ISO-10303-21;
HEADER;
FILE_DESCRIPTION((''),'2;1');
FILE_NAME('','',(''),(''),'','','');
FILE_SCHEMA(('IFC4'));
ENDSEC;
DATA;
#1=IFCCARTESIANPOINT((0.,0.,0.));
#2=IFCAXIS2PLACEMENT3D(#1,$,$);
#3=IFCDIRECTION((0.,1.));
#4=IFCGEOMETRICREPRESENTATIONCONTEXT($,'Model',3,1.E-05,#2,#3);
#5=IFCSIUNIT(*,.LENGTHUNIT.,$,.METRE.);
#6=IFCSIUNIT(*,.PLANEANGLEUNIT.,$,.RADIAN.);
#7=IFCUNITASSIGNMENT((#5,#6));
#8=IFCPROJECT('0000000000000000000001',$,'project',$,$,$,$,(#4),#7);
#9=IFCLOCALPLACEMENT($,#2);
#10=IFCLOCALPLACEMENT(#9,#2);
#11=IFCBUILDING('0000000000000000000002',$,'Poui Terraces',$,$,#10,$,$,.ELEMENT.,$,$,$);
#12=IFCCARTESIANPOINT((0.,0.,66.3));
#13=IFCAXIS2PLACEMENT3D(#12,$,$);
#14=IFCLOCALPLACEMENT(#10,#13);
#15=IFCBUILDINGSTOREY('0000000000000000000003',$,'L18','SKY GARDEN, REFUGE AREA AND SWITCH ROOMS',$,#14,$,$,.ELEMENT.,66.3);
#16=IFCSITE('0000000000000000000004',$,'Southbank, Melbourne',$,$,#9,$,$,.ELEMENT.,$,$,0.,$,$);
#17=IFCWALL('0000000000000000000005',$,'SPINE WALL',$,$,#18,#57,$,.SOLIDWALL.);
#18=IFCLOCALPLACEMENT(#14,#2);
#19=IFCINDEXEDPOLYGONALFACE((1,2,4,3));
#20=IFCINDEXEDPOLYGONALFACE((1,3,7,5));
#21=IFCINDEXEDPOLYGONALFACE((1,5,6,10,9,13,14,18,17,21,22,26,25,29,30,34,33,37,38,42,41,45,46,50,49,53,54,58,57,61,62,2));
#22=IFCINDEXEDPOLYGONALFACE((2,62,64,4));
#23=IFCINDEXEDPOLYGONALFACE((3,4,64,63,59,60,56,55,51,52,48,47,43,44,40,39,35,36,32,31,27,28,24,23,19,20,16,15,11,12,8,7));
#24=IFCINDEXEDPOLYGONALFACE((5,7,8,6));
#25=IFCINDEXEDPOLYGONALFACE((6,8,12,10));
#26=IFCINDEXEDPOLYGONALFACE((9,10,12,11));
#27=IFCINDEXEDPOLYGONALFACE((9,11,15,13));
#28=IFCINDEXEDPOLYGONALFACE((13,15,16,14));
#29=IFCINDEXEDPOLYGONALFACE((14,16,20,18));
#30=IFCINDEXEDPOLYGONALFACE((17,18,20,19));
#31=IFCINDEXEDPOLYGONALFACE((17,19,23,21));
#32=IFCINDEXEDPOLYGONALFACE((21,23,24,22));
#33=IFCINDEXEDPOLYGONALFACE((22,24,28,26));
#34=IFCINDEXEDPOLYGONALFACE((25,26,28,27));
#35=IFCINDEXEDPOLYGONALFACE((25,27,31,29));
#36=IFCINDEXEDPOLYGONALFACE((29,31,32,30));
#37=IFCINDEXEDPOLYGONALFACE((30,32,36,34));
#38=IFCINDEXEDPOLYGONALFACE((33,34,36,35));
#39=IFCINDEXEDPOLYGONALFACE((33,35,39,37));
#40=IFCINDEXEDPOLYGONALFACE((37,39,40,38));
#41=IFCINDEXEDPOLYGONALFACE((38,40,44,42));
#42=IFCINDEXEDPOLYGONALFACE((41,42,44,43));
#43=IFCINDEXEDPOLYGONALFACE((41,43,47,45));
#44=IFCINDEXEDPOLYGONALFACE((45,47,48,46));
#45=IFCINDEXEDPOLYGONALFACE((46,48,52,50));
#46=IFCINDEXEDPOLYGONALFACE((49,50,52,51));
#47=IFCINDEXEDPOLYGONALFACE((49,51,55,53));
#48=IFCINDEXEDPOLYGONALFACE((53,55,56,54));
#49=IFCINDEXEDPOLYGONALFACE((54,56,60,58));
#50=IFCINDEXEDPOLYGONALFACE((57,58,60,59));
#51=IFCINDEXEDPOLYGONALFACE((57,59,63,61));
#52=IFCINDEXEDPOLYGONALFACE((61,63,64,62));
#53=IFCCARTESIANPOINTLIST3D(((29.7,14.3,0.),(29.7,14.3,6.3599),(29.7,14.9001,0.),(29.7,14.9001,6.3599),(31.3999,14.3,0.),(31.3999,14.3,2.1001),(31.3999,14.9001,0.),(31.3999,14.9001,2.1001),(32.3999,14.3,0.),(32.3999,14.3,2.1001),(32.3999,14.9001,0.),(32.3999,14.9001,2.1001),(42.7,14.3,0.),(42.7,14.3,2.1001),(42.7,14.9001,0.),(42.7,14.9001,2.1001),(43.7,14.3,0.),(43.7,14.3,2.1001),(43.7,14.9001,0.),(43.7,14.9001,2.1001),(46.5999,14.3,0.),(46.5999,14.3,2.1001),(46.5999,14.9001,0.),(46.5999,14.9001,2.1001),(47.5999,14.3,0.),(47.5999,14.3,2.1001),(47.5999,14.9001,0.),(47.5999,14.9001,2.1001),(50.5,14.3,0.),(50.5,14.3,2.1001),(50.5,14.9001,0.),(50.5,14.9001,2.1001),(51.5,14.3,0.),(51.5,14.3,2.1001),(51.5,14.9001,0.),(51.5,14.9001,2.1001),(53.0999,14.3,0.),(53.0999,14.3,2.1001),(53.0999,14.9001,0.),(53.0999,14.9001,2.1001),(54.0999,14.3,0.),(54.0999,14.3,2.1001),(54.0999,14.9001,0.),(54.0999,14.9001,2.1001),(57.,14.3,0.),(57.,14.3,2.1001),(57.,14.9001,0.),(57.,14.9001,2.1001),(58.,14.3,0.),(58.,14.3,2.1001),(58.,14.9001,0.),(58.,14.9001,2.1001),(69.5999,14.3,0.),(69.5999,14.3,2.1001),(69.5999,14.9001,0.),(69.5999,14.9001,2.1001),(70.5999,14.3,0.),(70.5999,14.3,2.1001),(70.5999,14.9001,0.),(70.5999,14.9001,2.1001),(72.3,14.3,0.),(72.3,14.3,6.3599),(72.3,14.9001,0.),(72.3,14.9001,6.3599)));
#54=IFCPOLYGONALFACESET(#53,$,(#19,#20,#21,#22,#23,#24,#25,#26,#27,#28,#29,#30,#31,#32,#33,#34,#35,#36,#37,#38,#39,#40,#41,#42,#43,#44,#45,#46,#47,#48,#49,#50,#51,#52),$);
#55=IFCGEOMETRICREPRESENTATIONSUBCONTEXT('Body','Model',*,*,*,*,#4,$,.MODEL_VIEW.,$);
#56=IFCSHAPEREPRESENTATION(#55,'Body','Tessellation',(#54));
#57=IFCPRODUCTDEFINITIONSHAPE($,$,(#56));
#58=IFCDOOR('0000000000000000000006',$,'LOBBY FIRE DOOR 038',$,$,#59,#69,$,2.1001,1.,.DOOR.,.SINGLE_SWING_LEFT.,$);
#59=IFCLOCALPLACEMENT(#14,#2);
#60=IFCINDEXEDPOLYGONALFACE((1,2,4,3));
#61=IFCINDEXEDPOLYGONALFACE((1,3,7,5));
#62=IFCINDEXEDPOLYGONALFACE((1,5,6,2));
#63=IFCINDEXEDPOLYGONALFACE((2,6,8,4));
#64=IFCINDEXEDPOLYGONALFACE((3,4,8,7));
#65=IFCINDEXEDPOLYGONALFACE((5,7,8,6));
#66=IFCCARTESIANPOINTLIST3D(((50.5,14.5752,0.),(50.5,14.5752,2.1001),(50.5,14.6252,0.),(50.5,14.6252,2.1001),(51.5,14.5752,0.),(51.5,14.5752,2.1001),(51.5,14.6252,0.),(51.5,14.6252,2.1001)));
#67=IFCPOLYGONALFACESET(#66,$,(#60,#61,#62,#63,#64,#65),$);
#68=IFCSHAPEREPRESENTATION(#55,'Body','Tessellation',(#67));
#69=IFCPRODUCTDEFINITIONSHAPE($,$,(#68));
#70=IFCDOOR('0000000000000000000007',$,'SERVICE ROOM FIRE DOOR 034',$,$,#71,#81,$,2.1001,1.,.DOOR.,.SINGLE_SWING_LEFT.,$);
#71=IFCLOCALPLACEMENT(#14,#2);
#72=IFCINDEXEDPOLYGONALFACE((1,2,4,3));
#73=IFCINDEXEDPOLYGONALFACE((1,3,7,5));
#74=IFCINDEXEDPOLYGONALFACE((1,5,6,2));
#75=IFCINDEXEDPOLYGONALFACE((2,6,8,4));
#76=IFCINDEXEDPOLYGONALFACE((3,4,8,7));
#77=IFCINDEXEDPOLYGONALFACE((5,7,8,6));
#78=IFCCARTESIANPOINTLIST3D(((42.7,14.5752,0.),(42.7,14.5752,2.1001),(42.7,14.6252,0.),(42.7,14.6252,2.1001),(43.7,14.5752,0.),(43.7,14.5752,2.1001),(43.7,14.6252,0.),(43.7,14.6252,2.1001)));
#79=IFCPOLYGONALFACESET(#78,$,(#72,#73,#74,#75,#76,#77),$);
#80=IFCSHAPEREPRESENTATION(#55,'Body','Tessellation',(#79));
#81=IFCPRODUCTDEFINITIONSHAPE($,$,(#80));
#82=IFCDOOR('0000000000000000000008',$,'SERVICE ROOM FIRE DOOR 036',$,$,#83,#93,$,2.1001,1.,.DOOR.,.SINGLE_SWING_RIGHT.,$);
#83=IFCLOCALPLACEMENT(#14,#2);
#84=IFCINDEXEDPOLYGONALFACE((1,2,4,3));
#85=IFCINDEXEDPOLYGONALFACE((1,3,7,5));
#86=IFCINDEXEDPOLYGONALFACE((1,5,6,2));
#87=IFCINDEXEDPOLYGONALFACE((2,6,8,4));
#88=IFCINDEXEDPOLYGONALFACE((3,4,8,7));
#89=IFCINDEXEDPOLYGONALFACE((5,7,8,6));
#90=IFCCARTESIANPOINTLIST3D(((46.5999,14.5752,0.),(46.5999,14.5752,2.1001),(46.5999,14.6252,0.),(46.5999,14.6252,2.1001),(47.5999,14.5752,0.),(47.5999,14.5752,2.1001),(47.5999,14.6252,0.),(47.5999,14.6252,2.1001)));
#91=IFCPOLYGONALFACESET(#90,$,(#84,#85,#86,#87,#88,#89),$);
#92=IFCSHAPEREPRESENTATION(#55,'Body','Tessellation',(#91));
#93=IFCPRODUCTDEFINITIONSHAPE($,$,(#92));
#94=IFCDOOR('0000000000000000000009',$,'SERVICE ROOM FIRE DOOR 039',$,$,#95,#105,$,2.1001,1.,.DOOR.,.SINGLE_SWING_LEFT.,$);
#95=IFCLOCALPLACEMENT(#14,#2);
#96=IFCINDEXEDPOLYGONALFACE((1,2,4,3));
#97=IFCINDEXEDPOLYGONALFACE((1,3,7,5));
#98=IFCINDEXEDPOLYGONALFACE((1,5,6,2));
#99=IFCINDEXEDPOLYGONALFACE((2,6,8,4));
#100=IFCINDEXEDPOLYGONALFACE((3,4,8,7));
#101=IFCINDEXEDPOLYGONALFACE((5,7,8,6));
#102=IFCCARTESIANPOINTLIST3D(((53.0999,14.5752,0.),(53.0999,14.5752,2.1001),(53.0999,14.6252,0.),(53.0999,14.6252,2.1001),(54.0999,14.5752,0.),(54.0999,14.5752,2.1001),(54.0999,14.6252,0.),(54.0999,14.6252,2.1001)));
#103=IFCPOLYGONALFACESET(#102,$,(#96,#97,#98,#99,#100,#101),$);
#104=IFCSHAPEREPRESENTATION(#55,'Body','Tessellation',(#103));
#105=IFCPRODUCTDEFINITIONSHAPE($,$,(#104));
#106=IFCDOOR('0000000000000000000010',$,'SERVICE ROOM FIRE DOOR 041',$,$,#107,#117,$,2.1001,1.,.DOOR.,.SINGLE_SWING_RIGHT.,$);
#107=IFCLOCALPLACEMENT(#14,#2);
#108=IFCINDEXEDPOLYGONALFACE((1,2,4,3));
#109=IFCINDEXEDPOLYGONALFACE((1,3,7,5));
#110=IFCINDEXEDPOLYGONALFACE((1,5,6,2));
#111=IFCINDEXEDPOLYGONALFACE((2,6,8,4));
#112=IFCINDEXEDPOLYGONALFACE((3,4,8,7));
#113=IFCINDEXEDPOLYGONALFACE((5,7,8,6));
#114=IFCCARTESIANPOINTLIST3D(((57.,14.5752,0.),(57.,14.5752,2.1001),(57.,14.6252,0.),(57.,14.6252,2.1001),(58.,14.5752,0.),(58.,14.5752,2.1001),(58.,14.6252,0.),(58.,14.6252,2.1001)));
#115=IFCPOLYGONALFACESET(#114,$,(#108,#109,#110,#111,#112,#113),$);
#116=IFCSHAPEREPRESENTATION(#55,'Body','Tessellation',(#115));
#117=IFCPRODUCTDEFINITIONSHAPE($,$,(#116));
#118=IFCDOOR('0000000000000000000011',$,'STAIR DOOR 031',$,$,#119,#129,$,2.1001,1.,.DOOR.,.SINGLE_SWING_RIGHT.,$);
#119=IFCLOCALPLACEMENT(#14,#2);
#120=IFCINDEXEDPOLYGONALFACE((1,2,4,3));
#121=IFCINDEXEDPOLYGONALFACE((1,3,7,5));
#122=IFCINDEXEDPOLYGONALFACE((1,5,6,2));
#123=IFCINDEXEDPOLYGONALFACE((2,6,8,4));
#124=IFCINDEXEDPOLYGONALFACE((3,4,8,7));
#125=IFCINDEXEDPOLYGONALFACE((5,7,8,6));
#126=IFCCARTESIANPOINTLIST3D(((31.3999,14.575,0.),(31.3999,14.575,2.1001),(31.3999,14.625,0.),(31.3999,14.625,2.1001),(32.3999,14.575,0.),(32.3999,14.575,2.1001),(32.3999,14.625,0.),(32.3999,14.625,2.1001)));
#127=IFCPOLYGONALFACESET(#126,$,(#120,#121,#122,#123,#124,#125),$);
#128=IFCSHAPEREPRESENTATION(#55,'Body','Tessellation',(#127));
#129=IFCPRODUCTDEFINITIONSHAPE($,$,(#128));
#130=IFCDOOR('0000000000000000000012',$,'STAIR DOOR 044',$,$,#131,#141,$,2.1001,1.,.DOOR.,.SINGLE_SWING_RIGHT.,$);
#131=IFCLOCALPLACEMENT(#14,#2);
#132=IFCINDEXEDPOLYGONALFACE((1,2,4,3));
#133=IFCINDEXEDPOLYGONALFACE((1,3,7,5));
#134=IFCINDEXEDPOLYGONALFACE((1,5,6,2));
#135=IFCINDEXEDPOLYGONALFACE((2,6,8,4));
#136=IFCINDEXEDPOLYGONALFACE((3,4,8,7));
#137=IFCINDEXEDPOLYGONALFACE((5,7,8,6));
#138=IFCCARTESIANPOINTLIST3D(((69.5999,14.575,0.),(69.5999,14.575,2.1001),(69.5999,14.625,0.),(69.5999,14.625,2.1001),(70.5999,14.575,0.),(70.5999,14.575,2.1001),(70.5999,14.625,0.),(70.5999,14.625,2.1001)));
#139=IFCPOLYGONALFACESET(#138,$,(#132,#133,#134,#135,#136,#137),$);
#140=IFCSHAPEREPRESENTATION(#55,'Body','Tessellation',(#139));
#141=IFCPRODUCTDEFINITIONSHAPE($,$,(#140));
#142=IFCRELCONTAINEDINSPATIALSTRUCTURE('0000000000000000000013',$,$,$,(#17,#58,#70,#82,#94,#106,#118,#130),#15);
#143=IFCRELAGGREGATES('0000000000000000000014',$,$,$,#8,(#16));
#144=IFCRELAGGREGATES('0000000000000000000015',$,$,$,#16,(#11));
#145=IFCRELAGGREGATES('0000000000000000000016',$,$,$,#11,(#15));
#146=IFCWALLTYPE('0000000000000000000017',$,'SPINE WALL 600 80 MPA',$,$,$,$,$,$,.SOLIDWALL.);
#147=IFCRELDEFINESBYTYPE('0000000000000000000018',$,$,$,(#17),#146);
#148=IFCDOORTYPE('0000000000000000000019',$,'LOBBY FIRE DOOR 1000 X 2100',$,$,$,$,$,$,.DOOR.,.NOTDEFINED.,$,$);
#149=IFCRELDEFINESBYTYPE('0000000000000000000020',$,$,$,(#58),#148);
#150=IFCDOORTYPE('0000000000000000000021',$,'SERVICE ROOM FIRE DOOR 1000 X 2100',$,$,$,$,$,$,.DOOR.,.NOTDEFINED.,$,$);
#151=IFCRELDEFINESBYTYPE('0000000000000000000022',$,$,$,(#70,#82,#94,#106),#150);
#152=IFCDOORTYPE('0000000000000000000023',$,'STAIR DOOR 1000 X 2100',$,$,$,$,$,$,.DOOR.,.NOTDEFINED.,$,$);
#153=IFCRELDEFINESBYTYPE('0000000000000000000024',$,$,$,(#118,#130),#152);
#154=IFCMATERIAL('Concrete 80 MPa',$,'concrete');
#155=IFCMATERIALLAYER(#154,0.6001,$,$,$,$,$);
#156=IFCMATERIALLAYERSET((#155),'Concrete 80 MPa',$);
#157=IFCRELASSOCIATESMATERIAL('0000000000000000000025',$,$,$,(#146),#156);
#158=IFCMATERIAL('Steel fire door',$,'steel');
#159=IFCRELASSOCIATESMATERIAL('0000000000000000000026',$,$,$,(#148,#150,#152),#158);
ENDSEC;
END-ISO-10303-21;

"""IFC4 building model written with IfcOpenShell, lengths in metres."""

from ifc_helpers import new_model, si_unit, direction, frame, frame_2d, origin, place, context, subcontext, project, spatial, rectangle, extrude, material, layer, layer_set, type_object, element, fill, save


model = new_model("IFC4")

# Units and contexts
model_context = context("Model", 3, precision=1e-05, world=origin(), true_north=direction((0.0, 1.0)))
body_context = subcontext(model_context, "Body", "Model", "MODEL_VIEW")
ifc_project = project(units=[si_unit("LENGTHUNIT", "METRE"), si_unit("PLANEANGLEUNIT", "RADIAN")], contexts=[model_context])

# Site, building, storey
site_placement = place(None, origin())
site = spatial("IfcSite", under=ifc_project, at=site_placement, Name="Southbank, Melbourne", CompositionType="ELEMENT", RefElevation=0.0)
building_placement = place(site_placement, origin())
building = spatial("IfcBuilding", under=site, at=building_placement, Name="Poui Terraces", CompositionType="ELEMENT")
storey_placement = place(building_placement, frame((0.0, 0.0, 66.3)))
storey = spatial("IfcBuildingStorey", under=building, at=storey_placement, Name="L18", Description="SKY GARDEN, REFUGE AREA AND SWITCH ROOMS", CompositionType="ELEMENT", Elevation=66.3)

# Shared definitions
ifc_material_1 = material(Name="Concrete 80 MPa", Category="concrete")
ifc_material_2 = material(Name="Steel fire door", Category="steel")

# Wall, openings, doors
ifc_layer_1 = layer(ifc_material_1, 0.6001)
ifc_layer_set_1 = layer_set([ifc_layer_1], Name="Concrete 80 MPa")
wall_type_1 = type_object("IfcWallType", Name="SPINE WALL 600 80 MPA", PredefinedType="SOLIDWALL", material=ifc_layer_set_1)
wall_1_placement = place(storey_placement, frame((29.7, 14.6001, 0.0), z_axis=(0.0, 0.0, 1.0), x_axis=(1.0, 0.0, 0.0)))
wall_1 = element("IfcWall", 1, at=wall_1_placement, inside=storey, type_object=wall_type_1, Name="SPINE WALL", PredefinedType="SOLIDWALL", context=body_context, shape_type="SweptSolid", body=[
    extrude(rectangle(XDim=42.6001, YDim=0.6001, at=frame_2d((21.3, 0.0))), origin(), (0.0, 0.0, 1.0), 6.3599),
])
opening_1_placement = place(wall_1_placement, frame((1.7, 0.0, 0.0)))
opening_1 = element("IfcOpeningElement", 2, at=opening_1_placement, cuts=wall_1, PredefinedType="OPENING", context=body_context, shape_type="SweptSolid", body=[
    extrude(rectangle(XDim=1.0, YDim=2.1001, at=frame_2d((0.5, 1.05))), frame((0.0, 0.3101, 0.0), z_axis=(0.0, -1.0, 0.0), x_axis=(1.0, 0.0, 0.0)), (0.0, 0.0, 1.0), 0.6201),
])
opening_2_placement = place(wall_1_placement, frame((13.0, 0.0, 0.0)))
opening_2 = element("IfcOpeningElement", 3, at=opening_2_placement, cuts=wall_1, PredefinedType="OPENING", context=body_context, shape_type="SweptSolid", body=[
    extrude(rectangle(XDim=1.0, YDim=2.1001, at=frame_2d((0.5, 1.05))), frame((0.0, 0.3101, 0.0), z_axis=(0.0, -1.0, 0.0), x_axis=(1.0, 0.0, 0.0)), (0.0, 0.0, 1.0), 0.6201),
])
opening_3_placement = place(wall_1_placement, frame((16.8999, 0.0, 0.0)))
opening_3 = element("IfcOpeningElement", 4, at=opening_3_placement, cuts=wall_1, PredefinedType="OPENING", context=body_context, shape_type="SweptSolid", body=[
    extrude(rectangle(XDim=1.0, YDim=2.1001, at=frame_2d((0.5, 1.05))), frame((0.0, 0.3101, 0.0), z_axis=(0.0, -1.0, 0.0), x_axis=(1.0, 0.0, 0.0)), (0.0, 0.0, 1.0), 0.6201),
])
opening_4_placement = place(wall_1_placement, frame((20.8, 0.0, 0.0)))
opening_4 = element("IfcOpeningElement", 5, at=opening_4_placement, cuts=wall_1, PredefinedType="OPENING", context=body_context, shape_type="SweptSolid", body=[
    extrude(rectangle(XDim=1.0, YDim=2.1001, at=frame_2d((0.5, 1.05))), frame((0.0, 0.3101, 0.0), z_axis=(0.0, -1.0, 0.0), x_axis=(1.0, 0.0, 0.0)), (0.0, 0.0, 1.0), 0.6201),
])
opening_5_placement = place(wall_1_placement, frame((23.3999, 0.0, 0.0)))
opening_5 = element("IfcOpeningElement", 6, at=opening_5_placement, cuts=wall_1, PredefinedType="OPENING", context=body_context, shape_type="SweptSolid", body=[
    extrude(rectangle(XDim=1.0, YDim=2.1001, at=frame_2d((0.5, 1.05))), frame((0.0, 0.3101, 0.0), z_axis=(0.0, -1.0, 0.0), x_axis=(1.0, 0.0, 0.0)), (0.0, 0.0, 1.0), 0.6201),
])
opening_6_placement = place(wall_1_placement, frame((27.3, 0.0, 0.0)))
opening_6 = element("IfcOpeningElement", 7, at=opening_6_placement, cuts=wall_1, PredefinedType="OPENING", context=body_context, shape_type="SweptSolid", body=[
    extrude(rectangle(XDim=1.0, YDim=2.1001, at=frame_2d((0.5, 1.05))), frame((0.0, 0.3101, 0.0), z_axis=(0.0, -1.0, 0.0), x_axis=(1.0, 0.0, 0.0)), (0.0, 0.0, 1.0), 0.6201),
])
opening_7_placement = place(wall_1_placement, frame((39.8999, 0.0, 0.0)))
opening_7 = element("IfcOpeningElement", 8, at=opening_7_placement, cuts=wall_1, PredefinedType="OPENING", context=body_context, shape_type="SweptSolid", body=[
    extrude(rectangle(XDim=1.0, YDim=2.1001, at=frame_2d((0.5, 1.05))), frame((0.0, 0.3101, 0.0), z_axis=(0.0, -1.0, 0.0), x_axis=(1.0, 0.0, 0.0)), (0.0, 0.0, 1.0), 0.6201),
])
door_type_1 = type_object("IfcDoorType", Name="LOBBY FIRE DOOR 1000 X 2100", OperationType="NOTDEFINED", PredefinedType="DOOR", material=ifc_material_2)
door_1_placement = place(opening_4_placement, frame((1.0, 0.0, 0.0), z_axis=(0.0, 0.0, 1.0), x_axis=(-1.0, 0.0, 0.0)))
door_1 = element("IfcDoor", 9, at=door_1_placement, inside=storey, type_object=door_type_1, Name="LOBBY FIRE DOOR 038", OperationType="SINGLE_SWING_LEFT", OverallHeight=2.1001, OverallWidth=1.0, PredefinedType="DOOR", context=body_context, shape_type="SweptSolid", body=[
    extrude(rectangle(XDim=1.0, YDim=2.1001, at=frame_2d((0.5, 1.05))), frame((0.0, 0.0249, 0.0), z_axis=(0.0, -1.0, 0.0), x_axis=(1.0, 0.0, 0.0)), (0.0, 0.0, 1.0), 0.05),
])
fill(opening_4, door_1)
door_type_2 = type_object("IfcDoorType", Name="SERVICE ROOM FIRE DOOR 1000 X 2100", OperationType="NOTDEFINED", PredefinedType="DOOR", material=ifc_material_2)
door_2_placement = place(opening_2_placement, frame((1.0, 0.0, 0.0), z_axis=(0.0, 0.0, 1.0), x_axis=(-1.0, 0.0, 0.0)))
door_2 = element("IfcDoor", 10, at=door_2_placement, inside=storey, type_object=door_type_2, Name="SERVICE ROOM FIRE DOOR 034", OperationType="SINGLE_SWING_LEFT", OverallHeight=2.1001, OverallWidth=1.0, PredefinedType="DOOR", context=body_context, shape_type="SweptSolid", body=[
    extrude(rectangle(XDim=1.0, YDim=2.1001, at=frame_2d((0.5, 1.05))), frame((0.0, 0.0249, 0.0), z_axis=(0.0, -1.0, 0.0), x_axis=(1.0, 0.0, 0.0)), (0.0, 0.0, 1.0), 0.05),
])
fill(opening_2, door_2)
door_3_placement = place(opening_3_placement, frame((1.0, 0.0, 0.0), z_axis=(0.0, 0.0, 1.0), x_axis=(-1.0, 0.0, 0.0)))
door_3 = element("IfcDoor", 11, at=door_3_placement, inside=storey, type_object=door_type_2, Name="SERVICE ROOM FIRE DOOR 036", OperationType="SINGLE_SWING_RIGHT", OverallHeight=2.1001, OverallWidth=1.0, PredefinedType="DOOR", context=body_context, shape_type="SweptSolid", body=[
    extrude(rectangle(XDim=1.0, YDim=2.1001, at=frame_2d((0.5, 1.05))), frame((0.0, 0.0249, 0.0), z_axis=(0.0, -1.0, 0.0), x_axis=(1.0, 0.0, 0.0)), (0.0, 0.0, 1.0), 0.05),
])
fill(opening_3, door_3)
door_4_placement = place(opening_5_placement, frame((1.0, 0.0, 0.0), z_axis=(0.0, 0.0, 1.0), x_axis=(-1.0, 0.0, 0.0)))
door_4 = element("IfcDoor", 12, at=door_4_placement, inside=storey, type_object=door_type_2, Name="SERVICE ROOM FIRE DOOR 039", OperationType="SINGLE_SWING_LEFT", OverallHeight=2.1001, OverallWidth=1.0, PredefinedType="DOOR", context=body_context, shape_type="SweptSolid", body=[
    extrude(rectangle(XDim=1.0, YDim=2.1001, at=frame_2d((0.5, 1.05))), frame((0.0, 0.0249, 0.0), z_axis=(0.0, -1.0, 0.0), x_axis=(1.0, 0.0, 0.0)), (0.0, 0.0, 1.0), 0.05),
])
fill(opening_5, door_4)
door_5_placement = place(opening_6_placement, frame((1.0, 0.0, 0.0), z_axis=(0.0, 0.0, 1.0), x_axis=(-1.0, 0.0, 0.0)))
door_5 = element("IfcDoor", 13, at=door_5_placement, inside=storey, type_object=door_type_2, Name="SERVICE ROOM FIRE DOOR 041", OperationType="SINGLE_SWING_RIGHT", OverallHeight=2.1001, OverallWidth=1.0, PredefinedType="DOOR", context=body_context, shape_type="SweptSolid", body=[
    extrude(rectangle(XDim=1.0, YDim=2.1001, at=frame_2d((0.5, 1.05))), frame((0.0, 0.0249, 0.0), z_axis=(0.0, -1.0, 0.0), x_axis=(1.0, 0.0, 0.0)), (0.0, 0.0, 1.0), 0.05),
])
fill(opening_6, door_5)
door_type_3 = type_object("IfcDoorType", Name="STAIR DOOR 1000 X 2100", OperationType="NOTDEFINED", PredefinedType="DOOR", material=ifc_material_2)
door_6_placement = place(opening_1_placement, origin())
door_6 = element("IfcDoor", 14, at=door_6_placement, inside=storey, type_object=door_type_3, Name="STAIR DOOR 031", OperationType="SINGLE_SWING_RIGHT", OverallHeight=2.1001, OverallWidth=1.0, PredefinedType="DOOR", context=body_context, shape_type="SweptSolid", body=[
    extrude(rectangle(XDim=1.0, YDim=2.1001, at=frame_2d((0.5, 1.05))), frame((0.0, 0.0249, 0.0), z_axis=(0.0, -1.0, 0.0), x_axis=(1.0, 0.0, 0.0)), (0.0, 0.0, 1.0), 0.05),
])
fill(opening_1, door_6)
door_7_placement = place(opening_7_placement, origin())
door_7 = element("IfcDoor", 15, at=door_7_placement, inside=storey, type_object=door_type_3, Name="STAIR DOOR 044", OperationType="SINGLE_SWING_RIGHT", OverallHeight=2.1001, OverallWidth=1.0, PredefinedType="DOOR", context=body_context, shape_type="SweptSolid", body=[
    extrude(rectangle(XDim=1.0, YDim=2.1001, at=frame_2d((0.5, 1.05))), frame((0.0, 0.0249, 0.0), z_axis=(0.0, -1.0, 0.0), x_axis=(1.0, 0.0, 0.0)), (0.0, 0.0, 1.0), 0.05),
])
fill(opening_7, door_7)

save(model, "model.ifc")
